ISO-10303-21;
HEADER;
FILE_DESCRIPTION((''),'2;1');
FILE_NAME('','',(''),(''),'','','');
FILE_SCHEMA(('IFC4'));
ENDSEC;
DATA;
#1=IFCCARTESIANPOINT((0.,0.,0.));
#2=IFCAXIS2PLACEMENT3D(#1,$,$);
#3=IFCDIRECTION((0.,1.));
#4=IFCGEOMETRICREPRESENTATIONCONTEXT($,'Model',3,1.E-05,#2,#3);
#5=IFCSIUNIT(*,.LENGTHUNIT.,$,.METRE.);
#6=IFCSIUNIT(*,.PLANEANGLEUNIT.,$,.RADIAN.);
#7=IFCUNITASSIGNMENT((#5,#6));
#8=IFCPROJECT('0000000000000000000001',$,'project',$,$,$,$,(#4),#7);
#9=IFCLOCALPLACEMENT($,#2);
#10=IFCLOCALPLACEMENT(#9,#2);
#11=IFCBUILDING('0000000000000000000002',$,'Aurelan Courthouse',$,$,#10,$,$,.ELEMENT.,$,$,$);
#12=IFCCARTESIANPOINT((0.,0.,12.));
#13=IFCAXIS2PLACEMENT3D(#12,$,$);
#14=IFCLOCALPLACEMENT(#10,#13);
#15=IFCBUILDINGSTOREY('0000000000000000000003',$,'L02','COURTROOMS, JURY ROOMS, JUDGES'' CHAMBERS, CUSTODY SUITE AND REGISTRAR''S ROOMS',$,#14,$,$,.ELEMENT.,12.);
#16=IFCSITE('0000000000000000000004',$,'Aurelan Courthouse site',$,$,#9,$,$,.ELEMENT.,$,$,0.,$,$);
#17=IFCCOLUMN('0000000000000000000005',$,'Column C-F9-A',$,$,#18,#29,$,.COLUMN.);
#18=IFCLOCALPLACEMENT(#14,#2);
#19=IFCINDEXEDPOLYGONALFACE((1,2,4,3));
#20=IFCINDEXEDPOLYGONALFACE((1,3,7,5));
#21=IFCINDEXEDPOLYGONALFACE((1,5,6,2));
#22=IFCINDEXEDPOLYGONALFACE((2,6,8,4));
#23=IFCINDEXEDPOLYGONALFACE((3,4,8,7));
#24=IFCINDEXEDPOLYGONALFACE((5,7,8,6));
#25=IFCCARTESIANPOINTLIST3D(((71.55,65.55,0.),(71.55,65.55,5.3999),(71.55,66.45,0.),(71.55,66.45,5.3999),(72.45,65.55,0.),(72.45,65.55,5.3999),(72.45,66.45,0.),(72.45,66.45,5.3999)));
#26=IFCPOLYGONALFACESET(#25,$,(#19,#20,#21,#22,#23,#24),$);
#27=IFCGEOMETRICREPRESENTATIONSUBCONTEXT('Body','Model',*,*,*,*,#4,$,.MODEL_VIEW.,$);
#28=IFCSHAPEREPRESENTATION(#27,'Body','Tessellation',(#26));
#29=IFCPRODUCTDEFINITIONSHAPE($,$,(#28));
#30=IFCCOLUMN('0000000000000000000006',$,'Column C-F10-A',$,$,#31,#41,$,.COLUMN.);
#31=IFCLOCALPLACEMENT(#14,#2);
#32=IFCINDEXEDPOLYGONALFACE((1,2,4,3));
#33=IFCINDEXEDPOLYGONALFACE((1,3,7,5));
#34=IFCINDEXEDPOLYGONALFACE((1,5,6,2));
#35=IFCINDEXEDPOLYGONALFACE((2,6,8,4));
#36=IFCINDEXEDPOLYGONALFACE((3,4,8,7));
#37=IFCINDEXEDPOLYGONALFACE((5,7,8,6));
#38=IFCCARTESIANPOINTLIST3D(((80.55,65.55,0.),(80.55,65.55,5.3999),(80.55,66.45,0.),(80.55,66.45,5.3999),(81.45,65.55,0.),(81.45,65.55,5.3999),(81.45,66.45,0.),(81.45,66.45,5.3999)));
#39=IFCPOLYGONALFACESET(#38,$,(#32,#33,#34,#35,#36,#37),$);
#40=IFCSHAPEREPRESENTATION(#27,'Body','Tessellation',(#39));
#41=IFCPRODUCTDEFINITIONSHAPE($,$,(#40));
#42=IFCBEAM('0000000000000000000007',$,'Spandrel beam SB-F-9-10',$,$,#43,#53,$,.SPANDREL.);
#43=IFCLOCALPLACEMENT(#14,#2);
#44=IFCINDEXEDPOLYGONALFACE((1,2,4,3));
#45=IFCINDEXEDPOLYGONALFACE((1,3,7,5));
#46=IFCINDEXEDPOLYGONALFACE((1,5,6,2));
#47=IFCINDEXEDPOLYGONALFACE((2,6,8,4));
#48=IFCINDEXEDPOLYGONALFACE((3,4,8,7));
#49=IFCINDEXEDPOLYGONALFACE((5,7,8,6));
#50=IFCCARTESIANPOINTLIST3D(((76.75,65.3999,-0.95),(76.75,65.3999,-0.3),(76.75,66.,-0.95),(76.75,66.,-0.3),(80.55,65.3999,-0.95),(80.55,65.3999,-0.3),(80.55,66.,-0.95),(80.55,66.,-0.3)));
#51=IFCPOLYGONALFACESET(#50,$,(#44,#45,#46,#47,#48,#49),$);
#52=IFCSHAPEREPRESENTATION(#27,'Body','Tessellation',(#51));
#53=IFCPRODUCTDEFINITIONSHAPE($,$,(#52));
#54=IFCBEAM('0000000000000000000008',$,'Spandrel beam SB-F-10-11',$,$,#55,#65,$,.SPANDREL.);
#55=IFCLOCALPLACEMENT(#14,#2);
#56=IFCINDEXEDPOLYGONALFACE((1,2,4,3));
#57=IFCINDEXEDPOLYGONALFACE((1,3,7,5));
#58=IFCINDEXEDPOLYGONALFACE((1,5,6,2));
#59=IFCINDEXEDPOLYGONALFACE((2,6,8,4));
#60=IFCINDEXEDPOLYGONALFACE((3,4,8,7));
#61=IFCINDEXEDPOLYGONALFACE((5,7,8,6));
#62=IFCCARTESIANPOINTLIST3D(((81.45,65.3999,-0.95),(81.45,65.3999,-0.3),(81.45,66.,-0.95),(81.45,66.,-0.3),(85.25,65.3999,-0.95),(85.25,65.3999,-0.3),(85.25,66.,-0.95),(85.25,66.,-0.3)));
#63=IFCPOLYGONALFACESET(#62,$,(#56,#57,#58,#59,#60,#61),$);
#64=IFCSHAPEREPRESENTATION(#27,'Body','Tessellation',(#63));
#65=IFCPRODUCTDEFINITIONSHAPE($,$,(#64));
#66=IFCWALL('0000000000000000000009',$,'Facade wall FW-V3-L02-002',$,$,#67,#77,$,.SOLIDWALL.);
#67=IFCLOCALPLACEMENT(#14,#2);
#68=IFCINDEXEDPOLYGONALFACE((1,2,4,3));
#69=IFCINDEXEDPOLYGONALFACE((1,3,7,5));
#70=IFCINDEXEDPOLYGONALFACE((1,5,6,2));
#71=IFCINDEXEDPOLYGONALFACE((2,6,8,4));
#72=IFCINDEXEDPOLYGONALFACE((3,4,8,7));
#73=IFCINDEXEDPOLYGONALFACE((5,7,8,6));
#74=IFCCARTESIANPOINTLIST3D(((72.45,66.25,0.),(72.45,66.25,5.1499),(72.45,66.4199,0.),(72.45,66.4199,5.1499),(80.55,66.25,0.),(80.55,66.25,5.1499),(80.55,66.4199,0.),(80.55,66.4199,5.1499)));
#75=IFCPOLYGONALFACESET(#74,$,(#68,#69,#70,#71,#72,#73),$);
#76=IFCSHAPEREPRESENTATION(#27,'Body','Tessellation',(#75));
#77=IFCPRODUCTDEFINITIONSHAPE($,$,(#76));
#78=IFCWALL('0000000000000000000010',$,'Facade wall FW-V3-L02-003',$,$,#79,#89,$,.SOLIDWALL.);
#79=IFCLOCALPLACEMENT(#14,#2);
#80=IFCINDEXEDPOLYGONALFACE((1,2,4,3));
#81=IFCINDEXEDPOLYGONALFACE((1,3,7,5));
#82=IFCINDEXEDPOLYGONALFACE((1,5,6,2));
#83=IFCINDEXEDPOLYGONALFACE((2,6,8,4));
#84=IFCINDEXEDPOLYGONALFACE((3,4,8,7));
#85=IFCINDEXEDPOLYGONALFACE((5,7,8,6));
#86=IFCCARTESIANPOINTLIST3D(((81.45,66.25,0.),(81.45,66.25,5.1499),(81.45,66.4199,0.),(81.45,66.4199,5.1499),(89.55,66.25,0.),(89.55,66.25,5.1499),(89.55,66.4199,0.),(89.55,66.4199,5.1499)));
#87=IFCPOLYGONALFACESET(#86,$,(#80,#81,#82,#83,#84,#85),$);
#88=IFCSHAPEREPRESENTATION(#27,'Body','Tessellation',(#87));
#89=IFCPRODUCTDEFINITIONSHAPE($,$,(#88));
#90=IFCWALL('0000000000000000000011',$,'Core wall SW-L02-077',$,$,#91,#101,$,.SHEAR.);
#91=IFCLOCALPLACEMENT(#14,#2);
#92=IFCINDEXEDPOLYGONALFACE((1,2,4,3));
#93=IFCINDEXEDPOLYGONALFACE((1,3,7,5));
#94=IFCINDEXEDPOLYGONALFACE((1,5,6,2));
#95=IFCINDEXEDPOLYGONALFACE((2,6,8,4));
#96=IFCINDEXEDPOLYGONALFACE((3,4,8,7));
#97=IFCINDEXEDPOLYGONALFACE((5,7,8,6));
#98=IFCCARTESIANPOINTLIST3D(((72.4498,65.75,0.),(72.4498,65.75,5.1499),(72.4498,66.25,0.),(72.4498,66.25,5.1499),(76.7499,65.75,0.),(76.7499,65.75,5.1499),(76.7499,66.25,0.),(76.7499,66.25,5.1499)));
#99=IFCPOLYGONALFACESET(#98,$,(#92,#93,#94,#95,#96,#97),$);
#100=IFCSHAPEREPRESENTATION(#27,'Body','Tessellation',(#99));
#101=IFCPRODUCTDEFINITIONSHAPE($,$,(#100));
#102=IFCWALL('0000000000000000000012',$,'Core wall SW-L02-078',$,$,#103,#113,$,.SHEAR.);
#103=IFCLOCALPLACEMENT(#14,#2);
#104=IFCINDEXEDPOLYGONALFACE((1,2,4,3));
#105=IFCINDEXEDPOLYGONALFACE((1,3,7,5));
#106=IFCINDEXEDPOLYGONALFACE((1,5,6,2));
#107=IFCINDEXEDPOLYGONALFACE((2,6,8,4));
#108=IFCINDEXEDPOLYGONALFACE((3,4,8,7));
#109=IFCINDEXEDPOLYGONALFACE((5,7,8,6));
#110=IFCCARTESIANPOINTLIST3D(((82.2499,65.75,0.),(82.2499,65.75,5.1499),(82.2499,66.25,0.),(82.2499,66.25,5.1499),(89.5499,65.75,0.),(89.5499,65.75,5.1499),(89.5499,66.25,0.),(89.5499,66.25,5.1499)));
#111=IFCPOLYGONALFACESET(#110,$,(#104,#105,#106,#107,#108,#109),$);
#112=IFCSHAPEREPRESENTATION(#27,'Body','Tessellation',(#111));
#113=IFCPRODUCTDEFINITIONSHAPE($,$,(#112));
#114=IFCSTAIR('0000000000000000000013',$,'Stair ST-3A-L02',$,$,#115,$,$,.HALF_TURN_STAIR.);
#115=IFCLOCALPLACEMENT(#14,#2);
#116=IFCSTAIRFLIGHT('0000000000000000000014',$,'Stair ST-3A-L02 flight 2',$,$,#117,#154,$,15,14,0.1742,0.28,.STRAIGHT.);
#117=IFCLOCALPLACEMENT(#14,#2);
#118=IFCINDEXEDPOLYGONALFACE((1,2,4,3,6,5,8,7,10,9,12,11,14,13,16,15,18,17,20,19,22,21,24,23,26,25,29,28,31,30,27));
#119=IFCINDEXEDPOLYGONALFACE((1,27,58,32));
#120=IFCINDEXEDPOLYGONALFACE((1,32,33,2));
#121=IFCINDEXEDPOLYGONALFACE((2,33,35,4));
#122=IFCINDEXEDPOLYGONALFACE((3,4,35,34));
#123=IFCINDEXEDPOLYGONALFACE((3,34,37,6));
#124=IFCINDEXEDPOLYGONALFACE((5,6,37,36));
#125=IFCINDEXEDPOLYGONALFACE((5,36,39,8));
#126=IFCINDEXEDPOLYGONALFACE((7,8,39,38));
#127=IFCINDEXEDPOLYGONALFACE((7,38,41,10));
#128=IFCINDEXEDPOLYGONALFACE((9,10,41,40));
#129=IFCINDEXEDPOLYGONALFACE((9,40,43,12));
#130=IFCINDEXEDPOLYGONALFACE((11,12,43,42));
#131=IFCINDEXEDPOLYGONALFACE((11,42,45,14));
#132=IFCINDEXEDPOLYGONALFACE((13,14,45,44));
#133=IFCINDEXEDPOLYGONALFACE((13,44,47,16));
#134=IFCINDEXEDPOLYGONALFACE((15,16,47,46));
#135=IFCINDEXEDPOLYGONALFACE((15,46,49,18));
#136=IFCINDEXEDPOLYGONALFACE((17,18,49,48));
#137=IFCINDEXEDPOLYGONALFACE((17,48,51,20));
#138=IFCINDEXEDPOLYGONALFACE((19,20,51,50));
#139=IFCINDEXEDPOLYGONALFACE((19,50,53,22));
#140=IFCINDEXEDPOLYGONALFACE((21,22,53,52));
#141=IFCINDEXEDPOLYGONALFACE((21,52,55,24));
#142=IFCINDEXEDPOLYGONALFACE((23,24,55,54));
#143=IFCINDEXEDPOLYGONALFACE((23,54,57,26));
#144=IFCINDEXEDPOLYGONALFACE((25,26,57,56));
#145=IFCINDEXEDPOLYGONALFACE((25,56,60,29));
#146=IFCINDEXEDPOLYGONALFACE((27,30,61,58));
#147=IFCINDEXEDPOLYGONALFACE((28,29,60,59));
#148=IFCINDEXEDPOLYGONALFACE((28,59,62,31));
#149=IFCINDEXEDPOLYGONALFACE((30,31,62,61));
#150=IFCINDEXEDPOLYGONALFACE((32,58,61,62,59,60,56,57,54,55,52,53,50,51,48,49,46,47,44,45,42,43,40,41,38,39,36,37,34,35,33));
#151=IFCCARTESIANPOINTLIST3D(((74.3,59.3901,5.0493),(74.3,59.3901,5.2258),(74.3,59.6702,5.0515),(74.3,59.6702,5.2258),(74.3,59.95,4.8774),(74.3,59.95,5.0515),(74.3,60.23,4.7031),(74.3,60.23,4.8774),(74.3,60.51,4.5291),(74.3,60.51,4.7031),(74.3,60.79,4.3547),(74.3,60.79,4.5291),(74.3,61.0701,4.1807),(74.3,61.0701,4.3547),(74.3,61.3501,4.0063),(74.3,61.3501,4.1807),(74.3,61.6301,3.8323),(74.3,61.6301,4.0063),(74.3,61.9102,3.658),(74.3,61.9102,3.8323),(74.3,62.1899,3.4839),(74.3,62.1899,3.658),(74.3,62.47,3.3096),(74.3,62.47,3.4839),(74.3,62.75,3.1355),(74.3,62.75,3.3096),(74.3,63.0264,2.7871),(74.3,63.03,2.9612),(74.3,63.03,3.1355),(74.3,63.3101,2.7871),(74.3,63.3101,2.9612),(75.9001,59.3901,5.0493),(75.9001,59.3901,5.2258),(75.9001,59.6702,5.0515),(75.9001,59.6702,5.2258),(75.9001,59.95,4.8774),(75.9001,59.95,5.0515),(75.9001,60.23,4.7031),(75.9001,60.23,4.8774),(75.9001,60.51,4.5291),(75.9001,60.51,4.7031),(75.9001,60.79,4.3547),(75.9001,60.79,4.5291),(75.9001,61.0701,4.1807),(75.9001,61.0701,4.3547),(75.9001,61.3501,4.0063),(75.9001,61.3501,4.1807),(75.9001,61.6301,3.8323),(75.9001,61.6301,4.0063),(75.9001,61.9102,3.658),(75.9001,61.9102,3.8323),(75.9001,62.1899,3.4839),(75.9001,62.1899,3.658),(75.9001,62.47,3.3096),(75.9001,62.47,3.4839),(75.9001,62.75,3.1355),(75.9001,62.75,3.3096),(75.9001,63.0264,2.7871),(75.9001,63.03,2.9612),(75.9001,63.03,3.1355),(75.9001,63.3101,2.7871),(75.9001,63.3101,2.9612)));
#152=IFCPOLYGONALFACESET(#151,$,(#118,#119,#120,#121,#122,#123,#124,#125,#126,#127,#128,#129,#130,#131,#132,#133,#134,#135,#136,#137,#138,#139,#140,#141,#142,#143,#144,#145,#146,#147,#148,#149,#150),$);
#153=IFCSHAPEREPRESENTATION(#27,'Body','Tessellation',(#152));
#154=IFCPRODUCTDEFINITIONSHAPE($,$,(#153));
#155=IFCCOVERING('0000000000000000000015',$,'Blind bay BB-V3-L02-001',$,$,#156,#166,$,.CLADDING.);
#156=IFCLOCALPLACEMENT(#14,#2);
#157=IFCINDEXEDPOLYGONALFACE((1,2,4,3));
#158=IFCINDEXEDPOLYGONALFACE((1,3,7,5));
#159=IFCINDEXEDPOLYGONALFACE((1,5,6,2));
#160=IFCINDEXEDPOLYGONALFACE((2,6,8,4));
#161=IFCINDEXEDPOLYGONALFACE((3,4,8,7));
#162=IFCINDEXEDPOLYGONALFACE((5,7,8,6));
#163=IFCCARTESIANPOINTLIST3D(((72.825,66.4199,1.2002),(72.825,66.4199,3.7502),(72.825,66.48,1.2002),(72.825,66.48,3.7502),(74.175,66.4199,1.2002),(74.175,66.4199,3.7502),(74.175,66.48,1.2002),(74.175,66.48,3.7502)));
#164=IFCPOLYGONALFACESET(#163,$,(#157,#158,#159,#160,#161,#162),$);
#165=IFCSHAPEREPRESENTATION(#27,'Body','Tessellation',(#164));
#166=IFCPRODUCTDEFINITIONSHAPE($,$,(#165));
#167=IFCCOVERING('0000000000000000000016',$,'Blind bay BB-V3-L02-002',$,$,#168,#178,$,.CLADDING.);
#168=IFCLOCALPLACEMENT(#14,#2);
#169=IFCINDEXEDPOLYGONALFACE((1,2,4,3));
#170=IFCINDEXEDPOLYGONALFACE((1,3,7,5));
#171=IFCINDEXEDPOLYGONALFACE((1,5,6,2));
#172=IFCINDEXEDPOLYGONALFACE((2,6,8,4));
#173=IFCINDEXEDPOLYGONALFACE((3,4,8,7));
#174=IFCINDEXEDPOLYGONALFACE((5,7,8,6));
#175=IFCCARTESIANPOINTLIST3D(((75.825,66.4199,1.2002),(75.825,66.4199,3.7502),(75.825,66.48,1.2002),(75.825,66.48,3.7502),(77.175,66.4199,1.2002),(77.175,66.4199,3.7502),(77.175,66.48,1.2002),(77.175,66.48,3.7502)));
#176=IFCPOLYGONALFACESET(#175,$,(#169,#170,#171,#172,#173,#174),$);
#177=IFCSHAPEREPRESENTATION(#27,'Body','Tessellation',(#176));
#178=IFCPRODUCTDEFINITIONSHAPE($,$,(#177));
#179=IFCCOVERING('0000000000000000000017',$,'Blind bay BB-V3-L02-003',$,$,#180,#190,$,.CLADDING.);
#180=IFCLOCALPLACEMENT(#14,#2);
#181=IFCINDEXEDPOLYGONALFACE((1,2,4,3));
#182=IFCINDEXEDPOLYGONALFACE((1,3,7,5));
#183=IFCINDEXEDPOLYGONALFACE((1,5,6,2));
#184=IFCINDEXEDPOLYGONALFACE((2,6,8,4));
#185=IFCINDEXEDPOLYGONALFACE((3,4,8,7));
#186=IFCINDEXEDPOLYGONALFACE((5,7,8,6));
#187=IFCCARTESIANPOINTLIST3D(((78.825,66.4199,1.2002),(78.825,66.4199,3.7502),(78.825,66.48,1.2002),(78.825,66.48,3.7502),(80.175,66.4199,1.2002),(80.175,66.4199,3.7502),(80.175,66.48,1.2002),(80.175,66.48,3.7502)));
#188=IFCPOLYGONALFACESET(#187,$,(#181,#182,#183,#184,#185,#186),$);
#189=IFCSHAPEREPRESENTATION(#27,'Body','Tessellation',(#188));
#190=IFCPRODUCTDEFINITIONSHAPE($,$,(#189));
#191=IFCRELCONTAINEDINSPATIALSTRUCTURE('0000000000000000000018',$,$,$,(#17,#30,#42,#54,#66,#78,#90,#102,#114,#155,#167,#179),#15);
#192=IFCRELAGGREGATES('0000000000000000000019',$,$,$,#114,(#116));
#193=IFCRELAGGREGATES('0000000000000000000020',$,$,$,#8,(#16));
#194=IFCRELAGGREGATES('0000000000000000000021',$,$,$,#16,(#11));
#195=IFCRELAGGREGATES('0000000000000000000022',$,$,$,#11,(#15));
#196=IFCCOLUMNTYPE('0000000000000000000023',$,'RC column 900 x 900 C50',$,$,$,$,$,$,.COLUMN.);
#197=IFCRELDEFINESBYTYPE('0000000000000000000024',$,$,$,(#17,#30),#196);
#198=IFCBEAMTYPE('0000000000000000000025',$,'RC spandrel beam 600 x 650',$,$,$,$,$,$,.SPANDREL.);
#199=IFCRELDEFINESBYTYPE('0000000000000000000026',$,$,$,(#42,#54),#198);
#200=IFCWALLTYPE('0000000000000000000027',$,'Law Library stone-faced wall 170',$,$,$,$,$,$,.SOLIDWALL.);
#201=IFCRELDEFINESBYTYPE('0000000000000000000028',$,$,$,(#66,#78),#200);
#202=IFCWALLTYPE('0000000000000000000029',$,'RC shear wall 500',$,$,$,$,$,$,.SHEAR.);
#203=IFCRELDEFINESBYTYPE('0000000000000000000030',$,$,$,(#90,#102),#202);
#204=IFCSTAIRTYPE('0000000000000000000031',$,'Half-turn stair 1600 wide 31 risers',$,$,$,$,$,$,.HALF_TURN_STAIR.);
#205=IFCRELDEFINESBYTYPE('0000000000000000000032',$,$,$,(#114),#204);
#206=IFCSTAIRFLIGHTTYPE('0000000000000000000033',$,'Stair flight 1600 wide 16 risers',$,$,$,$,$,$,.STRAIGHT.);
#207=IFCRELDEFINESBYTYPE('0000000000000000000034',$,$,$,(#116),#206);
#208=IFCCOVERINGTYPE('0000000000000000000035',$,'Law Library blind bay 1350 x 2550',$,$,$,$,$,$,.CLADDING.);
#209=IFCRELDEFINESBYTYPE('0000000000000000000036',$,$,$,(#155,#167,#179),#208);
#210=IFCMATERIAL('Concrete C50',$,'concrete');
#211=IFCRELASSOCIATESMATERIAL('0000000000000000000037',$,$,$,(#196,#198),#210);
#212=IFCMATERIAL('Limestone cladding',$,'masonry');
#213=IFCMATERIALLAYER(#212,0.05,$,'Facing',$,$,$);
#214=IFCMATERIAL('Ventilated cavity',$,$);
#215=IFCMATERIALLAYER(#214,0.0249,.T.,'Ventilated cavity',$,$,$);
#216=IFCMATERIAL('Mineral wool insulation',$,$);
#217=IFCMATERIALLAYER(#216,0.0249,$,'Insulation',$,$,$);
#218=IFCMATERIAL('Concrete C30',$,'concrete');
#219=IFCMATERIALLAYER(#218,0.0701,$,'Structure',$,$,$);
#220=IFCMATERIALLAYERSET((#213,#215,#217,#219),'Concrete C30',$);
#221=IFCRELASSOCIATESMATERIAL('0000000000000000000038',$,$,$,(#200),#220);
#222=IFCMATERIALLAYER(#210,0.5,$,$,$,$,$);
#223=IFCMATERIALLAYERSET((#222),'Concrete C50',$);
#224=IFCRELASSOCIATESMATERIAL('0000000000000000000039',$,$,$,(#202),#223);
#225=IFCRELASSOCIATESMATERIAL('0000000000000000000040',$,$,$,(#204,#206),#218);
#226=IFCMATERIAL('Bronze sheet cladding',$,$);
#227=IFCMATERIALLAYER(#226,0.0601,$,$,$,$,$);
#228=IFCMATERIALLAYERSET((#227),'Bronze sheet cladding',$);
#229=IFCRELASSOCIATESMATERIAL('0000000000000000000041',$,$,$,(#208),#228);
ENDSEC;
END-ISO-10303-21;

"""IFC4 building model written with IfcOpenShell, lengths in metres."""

from ifc_helpers import new_model, si_unit, direction, frame, frame_2d, origin, origin_2d, place, context, subcontext, project, spatial, polyline, rectangle, outline, extrude, material, layer, layer_set, material_profile, profile_set, type_object, element, aggregate, save


model = new_model("IFC4")

# Units and contexts
model_context = context("Model", 3, precision=1e-05, world=origin(), true_north=direction((0.0, 1.0)))
body_context = subcontext(model_context, "Body", "Model", "MODEL_VIEW")
ifc_project = project(units=[si_unit("LENGTHUNIT", "METRE"), si_unit("PLANEANGLEUNIT", "RADIAN")], contexts=[model_context])

# Site, building, storey
site_placement = place(None, origin())
site = spatial("IfcSite", under=ifc_project, at=site_placement, Name="Aurelan Courthouse site", CompositionType="ELEMENT", RefElevation=0.0)
building_placement = place(site_placement, origin())
building = spatial("IfcBuilding", under=site, at=building_placement, Name="Aurelan Courthouse", CompositionType="ELEMENT")
storey_placement = place(building_placement, frame((0.0, 0.0, 12.0)))
storey = spatial("IfcBuildingStorey", under=building, at=storey_placement, Name="L02", Description="COURTROOMS, JURY ROOMS, JUDGES' CHAMBERS, CUSTODY SUITE AND REGISTRAR'S ROOMS", CompositionType="ELEMENT", Elevation=12.0)

# Columns
ifc_material_1 = material(Name="Concrete C50", Category="concrete")
ifc_material_profile_1 = material_profile(ifc_material_1, rectangle(XDim=0.8999, YDim=0.8999, at=origin_2d()), Name="RC 900 x 900")
ifc_profile_set_1 = profile_set([ifc_material_profile_1], Name="Concrete C50")
column_type = type_object("IfcColumnType", Name="RC column 900 x 900 C50", PredefinedType="COLUMN", material=ifc_profile_set_1)
for number, where, z_axis, x_axis, name in (
    (1, (72.0, 66.0, 0.0), (0.0, 0.0, 1.0), (1.0, 0.0, 0.0), "Column C-F9-A"),
    (2, (81.0, 66.0, 0.0), (0.0, 0.0, 1.0), (1.0, 0.0, 0.0), "Column C-F10-A"),
):
    element("IfcColumn", number, at=place(storey_placement, frame(where, z_axis=z_axis, x_axis=x_axis)), inside=storey, type_object=column_type, Name=name, PredefinedType="COLUMN", context=body_context, shape_type="SweptSolid", body=[
        extrude(rectangle(XDim=0.8999, YDim=0.8999, at=origin_2d()), origin(), (0.0, 0.0, 1.0), 5.3999),
    ])

# Beams
ifc_material_profile_2 = material_profile(ifc_material_1, rectangle(XDim=0.6001, YDim=0.6499, at=origin_2d()), Name="RC 600 x 650")
ifc_profile_set_2 = profile_set([ifc_material_profile_2], Name="Concrete C50")
beam_type = type_object("IfcBeamType", Name="RC spandrel beam 600 x 650", PredefinedType="SPANDREL", material=ifc_profile_set_2)
for number, where, z_axis, x_axis, name in (
    (3, (76.75, 65.7, -0.625), (1.0, 0.0, 0.0), (0.0, 1.0, 0.0), "Spandrel beam SB-F-9-10"),
    (4, (81.45, 65.7, -0.625), (1.0, 0.0, 0.0), (0.0, 1.0, 0.0), "Spandrel beam SB-F-10-11"),
):
    element("IfcBeam", number, at=place(storey_placement, frame(where, z_axis=z_axis, x_axis=x_axis)), inside=storey, type_object=beam_type, Name=name, PredefinedType="SPANDREL", context=body_context, shape_type="SweptSolid", body=[
        extrude(rectangle(XDim=0.6001, YDim=0.6499, at=origin_2d()), origin(), (0.0, 0.0, 1.0), 3.8),
    ])

# Walls
ifc_material_2 = material(Name="Limestone cladding", Category="masonry")
ifc_layer_1 = layer(ifc_material_2, 0.05, Name="Facing")
ifc_material_3 = material(Name="Ventilated cavity")
ifc_layer_2 = layer(ifc_material_3, 0.0249, ventilated=True, Name="Ventilated cavity")
ifc_material_4 = material(Name="Mineral wool insulation")
ifc_layer_3 = layer(ifc_material_4, 0.0249, Name="Insulation")
ifc_material_5 = material(Name="Concrete C30", Category="concrete")
ifc_layer_4 = layer(ifc_material_5, 0.0701, Name="Structure")
ifc_layer_set_1 = layer_set([ifc_layer_1, ifc_layer_2, ifc_layer_3, ifc_layer_4], Name="Concrete C30")
wall_type_1 = type_object("IfcWallType", Name="Law Library stone-faced wall 170", PredefinedType="SOLIDWALL", material=ifc_layer_set_1)
for number, where, z_axis, x_axis, name in (
    (5, (72.45, 66.335, 0.0), (0.0, 0.0, 1.0), (1.0, 0.0, 0.0), "Facade wall FW-V3-L02-002"),
    (6, (81.45, 66.335, 0.0), (0.0, 0.0, 1.0), (1.0, 0.0, 0.0), "Facade wall FW-V3-L02-003"),
):
    element("IfcWall", number, at=place(storey_placement, frame(where, z_axis=z_axis, x_axis=x_axis)), inside=storey, type_object=wall_type_1, Name=name, PredefinedType="SOLIDWALL", context=body_context, shape_type="SweptSolid", body=[
        extrude(rectangle(XDim=8.1001, YDim=0.1699, at=frame_2d((4.05, 0.0))), origin(), (0.0, 0.0, 1.0), 5.1499),
    ])
ifc_layer_5 = layer(ifc_material_1, 0.5)
ifc_layer_set_2 = layer_set([ifc_layer_5], Name="Concrete C50")
wall_type_2 = type_object("IfcWallType", Name="RC shear wall 500", PredefinedType="SHEAR", material=ifc_layer_set_2)
wall_1_placement = place(storey_placement, frame((72.45, 66.0, 0.0), z_axis=(0.0, 0.0, 1.0), x_axis=(1.0, 0.0, 0.0)))
element("IfcWall", 7, at=wall_1_placement, inside=storey, type_object=wall_type_2, Name="Core wall SW-L02-077", PredefinedType="SHEAR", context=body_context, shape_type="SweptSolid", body=[
    extrude(rectangle(XDim=4.3, YDim=0.5, at=frame_2d((2.1499, 0.0))), origin(), (0.0, 0.0, 1.0), 5.1499),
])
wall_2_placement = place(storey_placement, frame((82.25, 66.0, 0.0), z_axis=(0.0, 0.0, 1.0), x_axis=(1.0, 0.0, 0.0)))
element("IfcWall", 8, at=wall_2_placement, inside=storey, type_object=wall_type_2, Name="Core wall SW-L02-078", PredefinedType="SHEAR", context=body_context, shape_type="SweptSolid", body=[
    extrude(rectangle(XDim=7.3, YDim=0.5, at=frame_2d((3.6499, 0.0))), origin(), (0.0, 0.0, 1.0), 5.1499),
])

# Stair, stair flight
stair_type = type_object("IfcStairType", Name="Half-turn stair 1600 wide 31 risers", PredefinedType="HALF_TURN_STAIR", material=ifc_material_5)
stair_placement = place(storey_placement, origin())
stair = element("IfcStair", 9, at=stair_placement, inside=storey, type_object=stair_type, Name="Stair ST-3A-L02", PredefinedType="HALF_TURN_STAIR")
stair_flight_type = type_object("IfcStairFlightType", Name="Stair flight 1600 wide 16 risers", PredefinedType="STRAIGHT", material=ifc_material_5)
stair_flight_placement = place(storey_placement, frame((75.1001, 63.3101, 2.7871), z_axis=(0.0, 0.0, 1.0), x_axis=(0.0, -1.0, 0.0)))
stair_flight = element("IfcStairFlight", 10, at=stair_flight_placement, type_object=stair_flight_type, Name="Stair ST-3A-L02 flight 2", NumberOfRisers=15, NumberOfTreads=14, PredefinedType="STRAIGHT", RiserHeight=0.1742, TreadLength=0.28, context=body_context, shape_type="SweptSolid", body=[
    extrude(outline(polyline([(0.0, 0.0), (0.0, 0.1741), (0.28, 0.1741), (0.28, 0.3484), (0.5601, 0.3484), (0.5601, 0.5225), (0.8401, 0.5225), (0.8401, 0.6968), (1.1201, 0.6968), (1.1201, 0.8708), (1.3999, 0.8708), (1.3999, 1.0452), (1.6799, 1.0452), (1.6799, 1.2192), (1.96, 1.2192), (1.96, 1.3936), (2.24, 1.3936), (2.24, 1.5676), (2.52, 1.5676), (2.52, 1.7419), (2.8, 1.7419), (2.8, 1.916), (3.0801, 1.916), (3.0801, 2.0903), (3.3601, 2.0903), (3.3601, 2.2644), (3.6399, 2.2644), (3.6399, 2.4387), (3.9199, 2.4387), (3.9199, 2.6128), (3.9199, 2.2622), (0.2837, 0.0), (0.0, 0.0)])), frame((0.0, 0.8, 0.0), z_axis=(0.0, -1.0, 0.0), x_axis=(1.0, 0.0, 0.0)), (0.0, 0.0, 1.0), 1.6001),
])
aggregate(stair, [stair_flight])

# Coverings
ifc_material_6 = material(Name="Bronze sheet cladding")
ifc_layer_6 = layer(ifc_material_6, 0.0601)
ifc_layer_set_3 = layer_set([ifc_layer_6], Name="Bronze sheet cladding")
covering_type_1 = type_object("IfcCoveringType", Name="Law Library blind bay 1350 x 2550", PredefinedType="CLADDING", material=ifc_layer_set_3)
for number, where, z_axis, x_axis, name in (
    (11, (73.5, 66.45, 1.2002), (0.0, 0.0, 1.0), (1.0, 0.0, 0.0), "Blind bay BB-V3-L02-001"),
    (12, (76.5, 66.45, 1.2002), (0.0, 0.0, 1.0), (1.0, 0.0, 0.0), "Blind bay BB-V3-L02-002"),
    (13, (79.5, 66.45, 1.2002), (0.0, 0.0, 1.0), (1.0, 0.0, 0.0), "Blind bay BB-V3-L02-003"),
):
    element("IfcCovering", number, at=place(storey_placement, frame(where, z_axis=z_axis, x_axis=x_axis)), inside=storey, type_object=covering_type_1, Name=name, PredefinedType="CLADDING", context=body_context, shape_type="SweptSolid", body=[
        extrude(rectangle(XDim=1.3501, YDim=0.0601, at=origin_2d()), origin(), (0.0, 0.0, 1.0), 2.55),
    ])

save(model, "model.ifc")
